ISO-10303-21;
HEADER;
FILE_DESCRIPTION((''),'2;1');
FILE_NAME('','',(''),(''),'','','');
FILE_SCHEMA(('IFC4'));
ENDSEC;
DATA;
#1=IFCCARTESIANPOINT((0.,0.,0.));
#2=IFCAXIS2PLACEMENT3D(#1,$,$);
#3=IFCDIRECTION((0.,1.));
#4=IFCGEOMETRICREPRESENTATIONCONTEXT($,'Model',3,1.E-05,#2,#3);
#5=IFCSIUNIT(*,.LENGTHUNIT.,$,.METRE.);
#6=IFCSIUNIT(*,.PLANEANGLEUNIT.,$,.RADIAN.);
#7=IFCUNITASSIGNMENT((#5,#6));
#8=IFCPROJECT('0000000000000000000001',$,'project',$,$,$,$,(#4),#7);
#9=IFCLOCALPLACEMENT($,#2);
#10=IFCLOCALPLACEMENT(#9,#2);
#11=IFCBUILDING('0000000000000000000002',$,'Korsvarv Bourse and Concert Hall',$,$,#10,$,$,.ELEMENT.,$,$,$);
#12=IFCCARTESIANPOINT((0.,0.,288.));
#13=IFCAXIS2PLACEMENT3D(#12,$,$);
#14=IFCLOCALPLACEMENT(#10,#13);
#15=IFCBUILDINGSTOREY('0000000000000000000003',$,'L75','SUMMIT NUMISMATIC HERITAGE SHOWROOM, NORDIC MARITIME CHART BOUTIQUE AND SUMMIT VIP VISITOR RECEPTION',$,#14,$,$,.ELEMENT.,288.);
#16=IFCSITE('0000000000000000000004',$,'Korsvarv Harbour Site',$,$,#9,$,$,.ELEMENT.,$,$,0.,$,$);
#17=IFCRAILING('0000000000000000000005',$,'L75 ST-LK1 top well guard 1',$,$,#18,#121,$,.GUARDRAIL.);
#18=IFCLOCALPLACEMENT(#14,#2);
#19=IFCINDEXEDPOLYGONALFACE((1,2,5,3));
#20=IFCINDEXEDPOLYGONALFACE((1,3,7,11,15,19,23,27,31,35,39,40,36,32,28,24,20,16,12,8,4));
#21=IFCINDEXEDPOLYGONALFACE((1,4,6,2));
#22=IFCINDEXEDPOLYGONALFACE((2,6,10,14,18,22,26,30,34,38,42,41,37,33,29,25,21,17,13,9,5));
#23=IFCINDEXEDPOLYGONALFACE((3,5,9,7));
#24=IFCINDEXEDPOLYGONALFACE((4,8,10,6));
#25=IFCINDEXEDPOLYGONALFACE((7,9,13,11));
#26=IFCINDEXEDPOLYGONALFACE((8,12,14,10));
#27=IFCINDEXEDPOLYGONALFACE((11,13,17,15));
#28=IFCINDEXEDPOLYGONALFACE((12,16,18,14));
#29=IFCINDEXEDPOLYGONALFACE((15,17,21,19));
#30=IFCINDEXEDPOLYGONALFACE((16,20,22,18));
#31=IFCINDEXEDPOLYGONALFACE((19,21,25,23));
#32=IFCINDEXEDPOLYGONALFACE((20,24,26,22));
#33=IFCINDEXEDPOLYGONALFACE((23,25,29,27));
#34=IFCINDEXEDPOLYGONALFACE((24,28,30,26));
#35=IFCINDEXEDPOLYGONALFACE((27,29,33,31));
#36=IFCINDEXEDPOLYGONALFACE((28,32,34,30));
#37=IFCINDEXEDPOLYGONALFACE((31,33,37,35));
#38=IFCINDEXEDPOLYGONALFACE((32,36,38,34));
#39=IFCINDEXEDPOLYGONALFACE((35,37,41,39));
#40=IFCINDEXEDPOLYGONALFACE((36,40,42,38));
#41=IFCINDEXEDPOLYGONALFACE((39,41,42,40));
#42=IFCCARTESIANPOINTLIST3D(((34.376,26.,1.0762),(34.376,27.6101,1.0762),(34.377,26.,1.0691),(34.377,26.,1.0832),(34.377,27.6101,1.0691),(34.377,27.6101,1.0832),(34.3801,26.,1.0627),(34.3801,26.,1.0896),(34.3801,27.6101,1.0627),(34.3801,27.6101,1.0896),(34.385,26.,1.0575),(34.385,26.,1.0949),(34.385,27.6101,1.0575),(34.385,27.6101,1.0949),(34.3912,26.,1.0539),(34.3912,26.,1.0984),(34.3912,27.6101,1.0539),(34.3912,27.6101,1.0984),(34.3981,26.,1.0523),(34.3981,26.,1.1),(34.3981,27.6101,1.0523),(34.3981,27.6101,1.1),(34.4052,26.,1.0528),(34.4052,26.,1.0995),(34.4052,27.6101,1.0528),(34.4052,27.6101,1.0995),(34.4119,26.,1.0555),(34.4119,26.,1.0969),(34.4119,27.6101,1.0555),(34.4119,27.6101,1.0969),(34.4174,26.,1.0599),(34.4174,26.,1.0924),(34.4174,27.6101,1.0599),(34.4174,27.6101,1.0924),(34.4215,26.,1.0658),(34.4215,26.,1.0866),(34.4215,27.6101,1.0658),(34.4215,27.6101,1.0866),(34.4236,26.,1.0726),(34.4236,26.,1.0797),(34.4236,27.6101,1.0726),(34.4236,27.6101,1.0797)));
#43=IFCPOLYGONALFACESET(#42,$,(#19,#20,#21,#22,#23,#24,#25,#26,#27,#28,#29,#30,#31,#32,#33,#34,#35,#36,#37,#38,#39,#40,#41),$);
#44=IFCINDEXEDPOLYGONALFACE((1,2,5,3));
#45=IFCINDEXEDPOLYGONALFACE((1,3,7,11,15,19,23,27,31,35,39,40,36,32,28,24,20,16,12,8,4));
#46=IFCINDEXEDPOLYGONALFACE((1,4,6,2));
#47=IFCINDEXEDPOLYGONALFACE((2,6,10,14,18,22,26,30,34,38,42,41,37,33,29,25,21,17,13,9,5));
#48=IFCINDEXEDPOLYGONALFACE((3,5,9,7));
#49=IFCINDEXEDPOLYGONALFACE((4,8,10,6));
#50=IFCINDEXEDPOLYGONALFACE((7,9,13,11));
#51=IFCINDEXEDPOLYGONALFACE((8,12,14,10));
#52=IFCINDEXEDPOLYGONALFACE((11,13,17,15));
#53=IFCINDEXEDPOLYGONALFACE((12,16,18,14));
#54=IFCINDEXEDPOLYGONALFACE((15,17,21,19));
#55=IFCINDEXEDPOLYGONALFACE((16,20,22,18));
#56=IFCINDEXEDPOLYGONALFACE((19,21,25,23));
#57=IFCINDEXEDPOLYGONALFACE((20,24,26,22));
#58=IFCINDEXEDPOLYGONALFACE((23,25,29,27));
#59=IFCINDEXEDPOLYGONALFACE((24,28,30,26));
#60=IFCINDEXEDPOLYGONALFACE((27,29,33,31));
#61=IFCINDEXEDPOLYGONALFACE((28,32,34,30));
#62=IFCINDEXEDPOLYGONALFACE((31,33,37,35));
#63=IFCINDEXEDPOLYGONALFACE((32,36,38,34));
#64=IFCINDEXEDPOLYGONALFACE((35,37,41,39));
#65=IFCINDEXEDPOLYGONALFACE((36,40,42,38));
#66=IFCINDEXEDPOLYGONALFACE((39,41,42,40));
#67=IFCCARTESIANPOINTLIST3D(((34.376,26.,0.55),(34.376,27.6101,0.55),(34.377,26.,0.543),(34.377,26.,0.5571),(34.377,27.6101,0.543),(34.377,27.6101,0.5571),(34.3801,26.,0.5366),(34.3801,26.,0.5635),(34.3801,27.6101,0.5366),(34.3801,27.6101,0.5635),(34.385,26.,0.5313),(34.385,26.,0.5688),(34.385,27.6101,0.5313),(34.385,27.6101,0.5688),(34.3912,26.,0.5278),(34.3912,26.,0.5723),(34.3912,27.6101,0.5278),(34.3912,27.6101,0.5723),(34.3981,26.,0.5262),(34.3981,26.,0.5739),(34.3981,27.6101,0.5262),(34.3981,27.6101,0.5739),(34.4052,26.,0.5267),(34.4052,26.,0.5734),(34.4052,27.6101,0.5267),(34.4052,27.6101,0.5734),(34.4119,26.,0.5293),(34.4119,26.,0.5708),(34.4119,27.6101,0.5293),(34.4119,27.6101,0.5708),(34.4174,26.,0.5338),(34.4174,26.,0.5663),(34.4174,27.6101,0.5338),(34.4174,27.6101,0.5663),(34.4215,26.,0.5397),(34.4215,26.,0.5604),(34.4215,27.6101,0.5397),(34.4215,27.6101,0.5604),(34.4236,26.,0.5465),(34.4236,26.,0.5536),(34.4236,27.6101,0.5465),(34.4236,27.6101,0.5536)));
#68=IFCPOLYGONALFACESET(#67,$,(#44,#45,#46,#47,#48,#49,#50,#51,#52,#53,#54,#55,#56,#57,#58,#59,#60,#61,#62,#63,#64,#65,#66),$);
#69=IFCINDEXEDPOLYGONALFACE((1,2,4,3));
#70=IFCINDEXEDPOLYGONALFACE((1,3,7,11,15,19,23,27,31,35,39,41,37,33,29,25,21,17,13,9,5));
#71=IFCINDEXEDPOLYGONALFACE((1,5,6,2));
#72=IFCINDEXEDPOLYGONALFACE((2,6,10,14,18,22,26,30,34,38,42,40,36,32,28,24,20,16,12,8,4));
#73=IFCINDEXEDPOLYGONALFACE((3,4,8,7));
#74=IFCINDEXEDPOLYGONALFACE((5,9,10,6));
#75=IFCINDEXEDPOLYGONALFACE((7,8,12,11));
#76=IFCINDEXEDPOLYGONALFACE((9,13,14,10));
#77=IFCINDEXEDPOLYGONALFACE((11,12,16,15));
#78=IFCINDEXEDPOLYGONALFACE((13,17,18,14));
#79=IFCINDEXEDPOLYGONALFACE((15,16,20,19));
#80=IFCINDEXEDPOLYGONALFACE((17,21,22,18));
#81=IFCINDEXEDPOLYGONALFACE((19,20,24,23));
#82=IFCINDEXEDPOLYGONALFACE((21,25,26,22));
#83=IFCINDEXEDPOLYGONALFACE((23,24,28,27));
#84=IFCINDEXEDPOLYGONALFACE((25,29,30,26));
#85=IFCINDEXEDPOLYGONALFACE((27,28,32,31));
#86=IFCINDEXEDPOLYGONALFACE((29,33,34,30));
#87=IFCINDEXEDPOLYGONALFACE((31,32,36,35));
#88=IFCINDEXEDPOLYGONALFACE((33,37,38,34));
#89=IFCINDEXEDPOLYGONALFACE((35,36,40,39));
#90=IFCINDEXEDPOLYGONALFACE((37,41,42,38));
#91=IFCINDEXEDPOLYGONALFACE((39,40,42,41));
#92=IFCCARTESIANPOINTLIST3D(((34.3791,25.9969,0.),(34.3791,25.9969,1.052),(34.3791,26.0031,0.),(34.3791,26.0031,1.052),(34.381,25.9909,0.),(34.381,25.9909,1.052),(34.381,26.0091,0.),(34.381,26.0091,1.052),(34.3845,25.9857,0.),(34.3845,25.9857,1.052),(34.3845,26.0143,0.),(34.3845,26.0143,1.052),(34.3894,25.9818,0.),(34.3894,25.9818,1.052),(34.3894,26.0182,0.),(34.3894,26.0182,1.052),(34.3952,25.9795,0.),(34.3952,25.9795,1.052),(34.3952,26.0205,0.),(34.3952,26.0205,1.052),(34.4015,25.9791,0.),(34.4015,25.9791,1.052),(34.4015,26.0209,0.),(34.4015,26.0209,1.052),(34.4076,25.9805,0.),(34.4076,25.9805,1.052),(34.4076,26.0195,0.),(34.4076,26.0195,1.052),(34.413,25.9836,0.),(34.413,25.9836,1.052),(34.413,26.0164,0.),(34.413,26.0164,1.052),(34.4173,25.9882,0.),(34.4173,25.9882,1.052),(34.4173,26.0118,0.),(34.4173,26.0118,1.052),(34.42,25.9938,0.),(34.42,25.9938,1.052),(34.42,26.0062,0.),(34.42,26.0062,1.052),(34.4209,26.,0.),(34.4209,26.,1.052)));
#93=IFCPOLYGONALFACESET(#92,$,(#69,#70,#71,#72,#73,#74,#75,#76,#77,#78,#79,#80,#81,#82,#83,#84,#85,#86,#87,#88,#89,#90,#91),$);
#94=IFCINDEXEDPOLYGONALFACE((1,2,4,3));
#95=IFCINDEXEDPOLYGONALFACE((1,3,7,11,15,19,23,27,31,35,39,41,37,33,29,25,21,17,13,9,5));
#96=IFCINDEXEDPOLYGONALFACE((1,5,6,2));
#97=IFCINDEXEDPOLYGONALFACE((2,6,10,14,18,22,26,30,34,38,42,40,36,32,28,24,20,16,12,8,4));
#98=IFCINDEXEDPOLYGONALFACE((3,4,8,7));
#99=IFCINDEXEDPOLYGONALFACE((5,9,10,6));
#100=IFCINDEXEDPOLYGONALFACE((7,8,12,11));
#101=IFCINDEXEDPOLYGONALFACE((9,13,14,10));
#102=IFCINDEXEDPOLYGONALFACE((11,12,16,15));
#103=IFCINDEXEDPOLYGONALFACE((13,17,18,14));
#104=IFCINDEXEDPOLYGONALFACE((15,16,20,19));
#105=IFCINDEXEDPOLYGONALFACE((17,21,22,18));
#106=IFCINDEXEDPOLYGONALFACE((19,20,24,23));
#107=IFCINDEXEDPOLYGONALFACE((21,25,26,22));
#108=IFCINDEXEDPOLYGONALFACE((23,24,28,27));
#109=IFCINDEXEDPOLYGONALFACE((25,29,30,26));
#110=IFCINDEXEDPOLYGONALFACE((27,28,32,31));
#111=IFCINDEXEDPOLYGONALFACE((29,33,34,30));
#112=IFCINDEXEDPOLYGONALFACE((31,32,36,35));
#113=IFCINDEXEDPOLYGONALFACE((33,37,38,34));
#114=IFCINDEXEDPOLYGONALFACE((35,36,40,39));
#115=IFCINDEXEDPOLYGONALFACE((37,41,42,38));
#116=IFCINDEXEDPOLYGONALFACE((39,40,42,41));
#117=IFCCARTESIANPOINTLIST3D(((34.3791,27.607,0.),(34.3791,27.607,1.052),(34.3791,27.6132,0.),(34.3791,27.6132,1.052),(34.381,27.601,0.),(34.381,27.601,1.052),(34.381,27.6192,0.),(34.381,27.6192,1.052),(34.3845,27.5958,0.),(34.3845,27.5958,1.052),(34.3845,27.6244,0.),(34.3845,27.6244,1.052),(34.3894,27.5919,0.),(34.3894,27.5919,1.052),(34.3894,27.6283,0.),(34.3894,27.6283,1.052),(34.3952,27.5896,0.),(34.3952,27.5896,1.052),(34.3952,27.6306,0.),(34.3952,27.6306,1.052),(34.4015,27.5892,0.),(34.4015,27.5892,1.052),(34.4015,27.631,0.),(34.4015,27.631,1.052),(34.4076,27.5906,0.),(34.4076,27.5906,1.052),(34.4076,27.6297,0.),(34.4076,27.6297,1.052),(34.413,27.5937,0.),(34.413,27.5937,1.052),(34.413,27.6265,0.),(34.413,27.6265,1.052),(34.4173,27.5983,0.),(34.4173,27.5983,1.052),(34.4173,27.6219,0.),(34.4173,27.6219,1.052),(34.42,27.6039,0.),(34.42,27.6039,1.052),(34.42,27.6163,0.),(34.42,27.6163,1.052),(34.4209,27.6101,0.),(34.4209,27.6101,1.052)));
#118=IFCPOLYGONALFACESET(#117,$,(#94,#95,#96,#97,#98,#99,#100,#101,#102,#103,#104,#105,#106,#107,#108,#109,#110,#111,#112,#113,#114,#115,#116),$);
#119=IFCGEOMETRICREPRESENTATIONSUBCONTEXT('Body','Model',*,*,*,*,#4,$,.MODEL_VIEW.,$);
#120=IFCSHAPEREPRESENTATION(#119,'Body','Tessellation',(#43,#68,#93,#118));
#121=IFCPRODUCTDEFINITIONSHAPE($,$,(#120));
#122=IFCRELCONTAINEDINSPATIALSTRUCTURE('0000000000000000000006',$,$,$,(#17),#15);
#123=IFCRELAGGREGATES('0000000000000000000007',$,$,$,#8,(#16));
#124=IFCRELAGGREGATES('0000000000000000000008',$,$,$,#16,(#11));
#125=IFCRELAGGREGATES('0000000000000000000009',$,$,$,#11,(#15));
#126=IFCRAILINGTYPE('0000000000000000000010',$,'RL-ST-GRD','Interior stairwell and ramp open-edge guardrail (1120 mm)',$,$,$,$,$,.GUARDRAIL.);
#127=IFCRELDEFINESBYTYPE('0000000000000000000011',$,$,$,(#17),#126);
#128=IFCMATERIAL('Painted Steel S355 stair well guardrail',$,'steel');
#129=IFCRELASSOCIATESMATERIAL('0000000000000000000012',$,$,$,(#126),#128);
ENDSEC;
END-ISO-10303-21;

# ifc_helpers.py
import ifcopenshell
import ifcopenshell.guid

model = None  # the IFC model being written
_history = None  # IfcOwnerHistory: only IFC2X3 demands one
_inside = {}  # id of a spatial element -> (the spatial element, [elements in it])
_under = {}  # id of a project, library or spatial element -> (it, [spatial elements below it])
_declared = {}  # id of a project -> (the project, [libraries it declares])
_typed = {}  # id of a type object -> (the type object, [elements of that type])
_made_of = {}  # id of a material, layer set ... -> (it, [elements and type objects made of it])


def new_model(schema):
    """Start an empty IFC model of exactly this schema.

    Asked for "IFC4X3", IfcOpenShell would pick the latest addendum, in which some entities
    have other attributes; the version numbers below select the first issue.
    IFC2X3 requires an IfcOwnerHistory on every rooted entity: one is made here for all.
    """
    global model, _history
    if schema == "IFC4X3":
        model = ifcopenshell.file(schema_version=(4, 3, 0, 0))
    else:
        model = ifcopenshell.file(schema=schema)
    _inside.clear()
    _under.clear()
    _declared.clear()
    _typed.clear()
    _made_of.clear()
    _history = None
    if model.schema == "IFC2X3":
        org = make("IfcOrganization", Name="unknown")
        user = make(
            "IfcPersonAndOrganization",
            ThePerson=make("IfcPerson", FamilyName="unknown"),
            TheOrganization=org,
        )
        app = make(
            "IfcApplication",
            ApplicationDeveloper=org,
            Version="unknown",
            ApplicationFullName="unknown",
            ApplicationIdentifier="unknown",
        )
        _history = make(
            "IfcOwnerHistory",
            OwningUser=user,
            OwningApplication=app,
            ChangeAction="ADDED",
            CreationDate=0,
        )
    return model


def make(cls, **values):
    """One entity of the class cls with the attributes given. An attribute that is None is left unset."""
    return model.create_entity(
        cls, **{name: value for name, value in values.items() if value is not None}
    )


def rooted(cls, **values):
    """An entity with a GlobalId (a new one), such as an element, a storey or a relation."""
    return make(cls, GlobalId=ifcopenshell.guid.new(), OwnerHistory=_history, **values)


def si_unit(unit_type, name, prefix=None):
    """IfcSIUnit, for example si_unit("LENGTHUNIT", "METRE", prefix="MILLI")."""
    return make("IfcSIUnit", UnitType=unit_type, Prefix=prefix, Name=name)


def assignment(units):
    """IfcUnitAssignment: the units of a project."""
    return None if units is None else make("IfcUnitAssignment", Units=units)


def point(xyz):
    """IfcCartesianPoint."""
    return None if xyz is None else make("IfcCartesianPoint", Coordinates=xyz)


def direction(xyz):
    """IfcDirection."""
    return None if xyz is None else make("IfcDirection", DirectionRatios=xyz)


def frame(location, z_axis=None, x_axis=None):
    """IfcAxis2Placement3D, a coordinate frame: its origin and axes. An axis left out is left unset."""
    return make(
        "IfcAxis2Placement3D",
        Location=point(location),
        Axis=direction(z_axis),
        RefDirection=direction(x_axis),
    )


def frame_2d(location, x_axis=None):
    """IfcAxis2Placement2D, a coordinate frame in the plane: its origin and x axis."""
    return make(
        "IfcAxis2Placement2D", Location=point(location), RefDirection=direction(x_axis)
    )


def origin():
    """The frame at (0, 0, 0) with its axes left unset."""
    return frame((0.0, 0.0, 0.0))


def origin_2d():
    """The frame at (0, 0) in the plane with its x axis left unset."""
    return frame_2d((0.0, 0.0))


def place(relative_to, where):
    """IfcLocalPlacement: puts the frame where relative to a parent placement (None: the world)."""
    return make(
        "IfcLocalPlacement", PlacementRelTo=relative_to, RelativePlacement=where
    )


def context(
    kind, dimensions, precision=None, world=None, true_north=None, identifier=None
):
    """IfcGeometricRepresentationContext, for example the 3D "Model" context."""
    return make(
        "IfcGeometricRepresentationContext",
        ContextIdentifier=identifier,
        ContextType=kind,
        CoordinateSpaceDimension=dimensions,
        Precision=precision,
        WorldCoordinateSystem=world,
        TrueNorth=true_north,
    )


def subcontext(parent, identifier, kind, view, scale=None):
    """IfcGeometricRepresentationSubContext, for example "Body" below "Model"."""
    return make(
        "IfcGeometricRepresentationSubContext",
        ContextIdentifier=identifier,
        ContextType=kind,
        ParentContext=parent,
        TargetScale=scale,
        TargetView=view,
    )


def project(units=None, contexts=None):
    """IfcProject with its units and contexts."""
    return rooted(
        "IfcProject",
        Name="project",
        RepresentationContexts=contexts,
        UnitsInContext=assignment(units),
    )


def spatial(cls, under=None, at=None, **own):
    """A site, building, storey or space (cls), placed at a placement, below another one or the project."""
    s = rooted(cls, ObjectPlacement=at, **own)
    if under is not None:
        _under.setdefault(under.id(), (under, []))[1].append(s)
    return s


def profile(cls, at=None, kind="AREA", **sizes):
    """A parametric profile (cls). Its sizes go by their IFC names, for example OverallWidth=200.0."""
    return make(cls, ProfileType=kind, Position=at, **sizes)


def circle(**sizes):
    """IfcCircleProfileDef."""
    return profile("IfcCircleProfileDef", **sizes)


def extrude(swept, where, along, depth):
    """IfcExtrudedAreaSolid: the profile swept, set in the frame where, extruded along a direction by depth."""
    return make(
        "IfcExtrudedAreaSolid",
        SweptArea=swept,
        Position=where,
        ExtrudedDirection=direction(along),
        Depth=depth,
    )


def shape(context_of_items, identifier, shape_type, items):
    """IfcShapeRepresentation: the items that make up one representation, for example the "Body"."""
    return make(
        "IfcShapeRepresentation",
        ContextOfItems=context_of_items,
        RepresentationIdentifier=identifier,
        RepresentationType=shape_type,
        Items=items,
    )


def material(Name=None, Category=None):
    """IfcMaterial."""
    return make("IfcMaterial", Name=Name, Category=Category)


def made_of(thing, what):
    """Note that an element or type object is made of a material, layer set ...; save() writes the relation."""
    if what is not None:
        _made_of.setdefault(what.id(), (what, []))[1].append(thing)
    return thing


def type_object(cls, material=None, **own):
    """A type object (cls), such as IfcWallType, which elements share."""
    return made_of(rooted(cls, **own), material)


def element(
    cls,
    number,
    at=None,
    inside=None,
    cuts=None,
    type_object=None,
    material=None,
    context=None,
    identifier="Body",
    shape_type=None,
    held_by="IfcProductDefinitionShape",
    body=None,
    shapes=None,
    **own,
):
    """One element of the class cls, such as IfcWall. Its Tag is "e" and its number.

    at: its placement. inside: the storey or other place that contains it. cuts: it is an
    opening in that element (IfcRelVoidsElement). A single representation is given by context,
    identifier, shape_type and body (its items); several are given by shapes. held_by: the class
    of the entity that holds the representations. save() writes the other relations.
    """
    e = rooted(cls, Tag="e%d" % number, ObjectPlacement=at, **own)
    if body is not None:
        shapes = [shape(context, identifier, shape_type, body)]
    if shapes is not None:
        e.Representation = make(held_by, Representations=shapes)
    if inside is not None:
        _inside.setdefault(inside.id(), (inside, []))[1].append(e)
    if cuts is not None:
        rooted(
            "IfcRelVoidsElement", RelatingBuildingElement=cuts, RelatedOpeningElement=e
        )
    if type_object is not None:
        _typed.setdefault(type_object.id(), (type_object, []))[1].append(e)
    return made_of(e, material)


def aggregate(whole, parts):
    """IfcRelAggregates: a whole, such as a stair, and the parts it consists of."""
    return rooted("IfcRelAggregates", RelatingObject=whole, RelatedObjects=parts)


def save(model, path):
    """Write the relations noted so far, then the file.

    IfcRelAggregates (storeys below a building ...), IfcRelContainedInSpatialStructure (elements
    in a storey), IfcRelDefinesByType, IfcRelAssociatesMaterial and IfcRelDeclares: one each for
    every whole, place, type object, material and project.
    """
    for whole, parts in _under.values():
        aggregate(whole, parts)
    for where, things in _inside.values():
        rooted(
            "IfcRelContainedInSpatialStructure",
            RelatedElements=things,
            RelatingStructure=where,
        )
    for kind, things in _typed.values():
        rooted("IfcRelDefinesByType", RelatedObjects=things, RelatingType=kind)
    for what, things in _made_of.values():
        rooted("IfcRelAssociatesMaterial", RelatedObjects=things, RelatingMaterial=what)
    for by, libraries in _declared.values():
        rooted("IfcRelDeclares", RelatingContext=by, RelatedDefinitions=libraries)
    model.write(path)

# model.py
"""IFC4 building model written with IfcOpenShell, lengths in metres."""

from ifc_helpers import new_model, si_unit, direction, frame, origin, origin_2d, place, context, subcontext, project, spatial, circle, extrude, material, type_object, element, save


model = new_model("IFC4")

# Units and contexts
model_context = context("Model", 3, precision=1e-05, world=origin(), true_north=direction((0.0, 1.0)))
body_context = subcontext(model_context, "Body", "Model", "MODEL_VIEW")
ifc_project = project(units=[si_unit("LENGTHUNIT", "METRE"), si_unit("PLANEANGLEUNIT", "RADIAN")], contexts=[model_context])

# Site, building, storey
site_placement = place(None, origin())
site = spatial("IfcSite", under=ifc_project, at=site_placement, Name="Korsvarv Harbour Site", CompositionType="ELEMENT", RefElevation=0.0)
building_placement = place(site_placement, origin())
building = spatial("IfcBuilding", under=site, at=building_placement, Name="Korsvarv Bourse and Concert Hall", CompositionType="ELEMENT")
storey_placement = place(building_placement, frame((0.0, 0.0, 288.0)))
storey = spatial("IfcBuildingStorey", under=building, at=storey_placement, Name="L75", Description="SUMMIT NUMISMATIC HERITAGE SHOWROOM, NORDIC MARITIME CHART BOUTIQUE AND SUMMIT VIP VISITOR RECEPTION", CompositionType="ELEMENT", Elevation=288.0)

# Railing
ifc_material_1 = material(Name="Painted Steel S355 stair well guardrail", Category="steel")
railing_type = type_object("IfcRailingType", Name="RL-ST-GRD", Description="Interior stairwell and ramp open-edge guardrail (1120 mm)", PredefinedType="GUARDRAIL", material=ifc_material_1)
railing_placement = place(storey_placement, frame((34.3999, 26.0, 0.0)))
element("IfcRailing", 1, at=railing_placement, inside=storey, type_object=railing_type, Name="L75 ST-LK1 top well guard 1", PredefinedType="GUARDRAIL", context=body_context, shape_type="SweptSolid", body=[
    extrude(circle(Radius=0.0239, at=origin_2d()), frame((0.0, 0.0, 1.0762), z_axis=(0.0, 1.0, 0.0), x_axis=(-1.0, 0.0, 0.0)), (0.0, 0.0, 1.0), 1.6101),
    extrude(circle(Radius=0.0239, at=origin_2d()), frame((0.0, 0.0, 0.55), z_axis=(0.0, 1.0, 0.0), x_axis=(-1.0, 0.0, 0.0)), (0.0, 0.0, 1.0), 1.6101),
    extrude(circle(Radius=0.021, at=origin_2d()), origin(), (0.0, 0.0, 1.0), 1.052),
    extrude(circle(Radius=0.021, at=origin_2d()), frame((0.0, 1.6101, 0.0)), (0.0, 0.0, 1.0), 1.052),
])

save(model, "model.ifc")
